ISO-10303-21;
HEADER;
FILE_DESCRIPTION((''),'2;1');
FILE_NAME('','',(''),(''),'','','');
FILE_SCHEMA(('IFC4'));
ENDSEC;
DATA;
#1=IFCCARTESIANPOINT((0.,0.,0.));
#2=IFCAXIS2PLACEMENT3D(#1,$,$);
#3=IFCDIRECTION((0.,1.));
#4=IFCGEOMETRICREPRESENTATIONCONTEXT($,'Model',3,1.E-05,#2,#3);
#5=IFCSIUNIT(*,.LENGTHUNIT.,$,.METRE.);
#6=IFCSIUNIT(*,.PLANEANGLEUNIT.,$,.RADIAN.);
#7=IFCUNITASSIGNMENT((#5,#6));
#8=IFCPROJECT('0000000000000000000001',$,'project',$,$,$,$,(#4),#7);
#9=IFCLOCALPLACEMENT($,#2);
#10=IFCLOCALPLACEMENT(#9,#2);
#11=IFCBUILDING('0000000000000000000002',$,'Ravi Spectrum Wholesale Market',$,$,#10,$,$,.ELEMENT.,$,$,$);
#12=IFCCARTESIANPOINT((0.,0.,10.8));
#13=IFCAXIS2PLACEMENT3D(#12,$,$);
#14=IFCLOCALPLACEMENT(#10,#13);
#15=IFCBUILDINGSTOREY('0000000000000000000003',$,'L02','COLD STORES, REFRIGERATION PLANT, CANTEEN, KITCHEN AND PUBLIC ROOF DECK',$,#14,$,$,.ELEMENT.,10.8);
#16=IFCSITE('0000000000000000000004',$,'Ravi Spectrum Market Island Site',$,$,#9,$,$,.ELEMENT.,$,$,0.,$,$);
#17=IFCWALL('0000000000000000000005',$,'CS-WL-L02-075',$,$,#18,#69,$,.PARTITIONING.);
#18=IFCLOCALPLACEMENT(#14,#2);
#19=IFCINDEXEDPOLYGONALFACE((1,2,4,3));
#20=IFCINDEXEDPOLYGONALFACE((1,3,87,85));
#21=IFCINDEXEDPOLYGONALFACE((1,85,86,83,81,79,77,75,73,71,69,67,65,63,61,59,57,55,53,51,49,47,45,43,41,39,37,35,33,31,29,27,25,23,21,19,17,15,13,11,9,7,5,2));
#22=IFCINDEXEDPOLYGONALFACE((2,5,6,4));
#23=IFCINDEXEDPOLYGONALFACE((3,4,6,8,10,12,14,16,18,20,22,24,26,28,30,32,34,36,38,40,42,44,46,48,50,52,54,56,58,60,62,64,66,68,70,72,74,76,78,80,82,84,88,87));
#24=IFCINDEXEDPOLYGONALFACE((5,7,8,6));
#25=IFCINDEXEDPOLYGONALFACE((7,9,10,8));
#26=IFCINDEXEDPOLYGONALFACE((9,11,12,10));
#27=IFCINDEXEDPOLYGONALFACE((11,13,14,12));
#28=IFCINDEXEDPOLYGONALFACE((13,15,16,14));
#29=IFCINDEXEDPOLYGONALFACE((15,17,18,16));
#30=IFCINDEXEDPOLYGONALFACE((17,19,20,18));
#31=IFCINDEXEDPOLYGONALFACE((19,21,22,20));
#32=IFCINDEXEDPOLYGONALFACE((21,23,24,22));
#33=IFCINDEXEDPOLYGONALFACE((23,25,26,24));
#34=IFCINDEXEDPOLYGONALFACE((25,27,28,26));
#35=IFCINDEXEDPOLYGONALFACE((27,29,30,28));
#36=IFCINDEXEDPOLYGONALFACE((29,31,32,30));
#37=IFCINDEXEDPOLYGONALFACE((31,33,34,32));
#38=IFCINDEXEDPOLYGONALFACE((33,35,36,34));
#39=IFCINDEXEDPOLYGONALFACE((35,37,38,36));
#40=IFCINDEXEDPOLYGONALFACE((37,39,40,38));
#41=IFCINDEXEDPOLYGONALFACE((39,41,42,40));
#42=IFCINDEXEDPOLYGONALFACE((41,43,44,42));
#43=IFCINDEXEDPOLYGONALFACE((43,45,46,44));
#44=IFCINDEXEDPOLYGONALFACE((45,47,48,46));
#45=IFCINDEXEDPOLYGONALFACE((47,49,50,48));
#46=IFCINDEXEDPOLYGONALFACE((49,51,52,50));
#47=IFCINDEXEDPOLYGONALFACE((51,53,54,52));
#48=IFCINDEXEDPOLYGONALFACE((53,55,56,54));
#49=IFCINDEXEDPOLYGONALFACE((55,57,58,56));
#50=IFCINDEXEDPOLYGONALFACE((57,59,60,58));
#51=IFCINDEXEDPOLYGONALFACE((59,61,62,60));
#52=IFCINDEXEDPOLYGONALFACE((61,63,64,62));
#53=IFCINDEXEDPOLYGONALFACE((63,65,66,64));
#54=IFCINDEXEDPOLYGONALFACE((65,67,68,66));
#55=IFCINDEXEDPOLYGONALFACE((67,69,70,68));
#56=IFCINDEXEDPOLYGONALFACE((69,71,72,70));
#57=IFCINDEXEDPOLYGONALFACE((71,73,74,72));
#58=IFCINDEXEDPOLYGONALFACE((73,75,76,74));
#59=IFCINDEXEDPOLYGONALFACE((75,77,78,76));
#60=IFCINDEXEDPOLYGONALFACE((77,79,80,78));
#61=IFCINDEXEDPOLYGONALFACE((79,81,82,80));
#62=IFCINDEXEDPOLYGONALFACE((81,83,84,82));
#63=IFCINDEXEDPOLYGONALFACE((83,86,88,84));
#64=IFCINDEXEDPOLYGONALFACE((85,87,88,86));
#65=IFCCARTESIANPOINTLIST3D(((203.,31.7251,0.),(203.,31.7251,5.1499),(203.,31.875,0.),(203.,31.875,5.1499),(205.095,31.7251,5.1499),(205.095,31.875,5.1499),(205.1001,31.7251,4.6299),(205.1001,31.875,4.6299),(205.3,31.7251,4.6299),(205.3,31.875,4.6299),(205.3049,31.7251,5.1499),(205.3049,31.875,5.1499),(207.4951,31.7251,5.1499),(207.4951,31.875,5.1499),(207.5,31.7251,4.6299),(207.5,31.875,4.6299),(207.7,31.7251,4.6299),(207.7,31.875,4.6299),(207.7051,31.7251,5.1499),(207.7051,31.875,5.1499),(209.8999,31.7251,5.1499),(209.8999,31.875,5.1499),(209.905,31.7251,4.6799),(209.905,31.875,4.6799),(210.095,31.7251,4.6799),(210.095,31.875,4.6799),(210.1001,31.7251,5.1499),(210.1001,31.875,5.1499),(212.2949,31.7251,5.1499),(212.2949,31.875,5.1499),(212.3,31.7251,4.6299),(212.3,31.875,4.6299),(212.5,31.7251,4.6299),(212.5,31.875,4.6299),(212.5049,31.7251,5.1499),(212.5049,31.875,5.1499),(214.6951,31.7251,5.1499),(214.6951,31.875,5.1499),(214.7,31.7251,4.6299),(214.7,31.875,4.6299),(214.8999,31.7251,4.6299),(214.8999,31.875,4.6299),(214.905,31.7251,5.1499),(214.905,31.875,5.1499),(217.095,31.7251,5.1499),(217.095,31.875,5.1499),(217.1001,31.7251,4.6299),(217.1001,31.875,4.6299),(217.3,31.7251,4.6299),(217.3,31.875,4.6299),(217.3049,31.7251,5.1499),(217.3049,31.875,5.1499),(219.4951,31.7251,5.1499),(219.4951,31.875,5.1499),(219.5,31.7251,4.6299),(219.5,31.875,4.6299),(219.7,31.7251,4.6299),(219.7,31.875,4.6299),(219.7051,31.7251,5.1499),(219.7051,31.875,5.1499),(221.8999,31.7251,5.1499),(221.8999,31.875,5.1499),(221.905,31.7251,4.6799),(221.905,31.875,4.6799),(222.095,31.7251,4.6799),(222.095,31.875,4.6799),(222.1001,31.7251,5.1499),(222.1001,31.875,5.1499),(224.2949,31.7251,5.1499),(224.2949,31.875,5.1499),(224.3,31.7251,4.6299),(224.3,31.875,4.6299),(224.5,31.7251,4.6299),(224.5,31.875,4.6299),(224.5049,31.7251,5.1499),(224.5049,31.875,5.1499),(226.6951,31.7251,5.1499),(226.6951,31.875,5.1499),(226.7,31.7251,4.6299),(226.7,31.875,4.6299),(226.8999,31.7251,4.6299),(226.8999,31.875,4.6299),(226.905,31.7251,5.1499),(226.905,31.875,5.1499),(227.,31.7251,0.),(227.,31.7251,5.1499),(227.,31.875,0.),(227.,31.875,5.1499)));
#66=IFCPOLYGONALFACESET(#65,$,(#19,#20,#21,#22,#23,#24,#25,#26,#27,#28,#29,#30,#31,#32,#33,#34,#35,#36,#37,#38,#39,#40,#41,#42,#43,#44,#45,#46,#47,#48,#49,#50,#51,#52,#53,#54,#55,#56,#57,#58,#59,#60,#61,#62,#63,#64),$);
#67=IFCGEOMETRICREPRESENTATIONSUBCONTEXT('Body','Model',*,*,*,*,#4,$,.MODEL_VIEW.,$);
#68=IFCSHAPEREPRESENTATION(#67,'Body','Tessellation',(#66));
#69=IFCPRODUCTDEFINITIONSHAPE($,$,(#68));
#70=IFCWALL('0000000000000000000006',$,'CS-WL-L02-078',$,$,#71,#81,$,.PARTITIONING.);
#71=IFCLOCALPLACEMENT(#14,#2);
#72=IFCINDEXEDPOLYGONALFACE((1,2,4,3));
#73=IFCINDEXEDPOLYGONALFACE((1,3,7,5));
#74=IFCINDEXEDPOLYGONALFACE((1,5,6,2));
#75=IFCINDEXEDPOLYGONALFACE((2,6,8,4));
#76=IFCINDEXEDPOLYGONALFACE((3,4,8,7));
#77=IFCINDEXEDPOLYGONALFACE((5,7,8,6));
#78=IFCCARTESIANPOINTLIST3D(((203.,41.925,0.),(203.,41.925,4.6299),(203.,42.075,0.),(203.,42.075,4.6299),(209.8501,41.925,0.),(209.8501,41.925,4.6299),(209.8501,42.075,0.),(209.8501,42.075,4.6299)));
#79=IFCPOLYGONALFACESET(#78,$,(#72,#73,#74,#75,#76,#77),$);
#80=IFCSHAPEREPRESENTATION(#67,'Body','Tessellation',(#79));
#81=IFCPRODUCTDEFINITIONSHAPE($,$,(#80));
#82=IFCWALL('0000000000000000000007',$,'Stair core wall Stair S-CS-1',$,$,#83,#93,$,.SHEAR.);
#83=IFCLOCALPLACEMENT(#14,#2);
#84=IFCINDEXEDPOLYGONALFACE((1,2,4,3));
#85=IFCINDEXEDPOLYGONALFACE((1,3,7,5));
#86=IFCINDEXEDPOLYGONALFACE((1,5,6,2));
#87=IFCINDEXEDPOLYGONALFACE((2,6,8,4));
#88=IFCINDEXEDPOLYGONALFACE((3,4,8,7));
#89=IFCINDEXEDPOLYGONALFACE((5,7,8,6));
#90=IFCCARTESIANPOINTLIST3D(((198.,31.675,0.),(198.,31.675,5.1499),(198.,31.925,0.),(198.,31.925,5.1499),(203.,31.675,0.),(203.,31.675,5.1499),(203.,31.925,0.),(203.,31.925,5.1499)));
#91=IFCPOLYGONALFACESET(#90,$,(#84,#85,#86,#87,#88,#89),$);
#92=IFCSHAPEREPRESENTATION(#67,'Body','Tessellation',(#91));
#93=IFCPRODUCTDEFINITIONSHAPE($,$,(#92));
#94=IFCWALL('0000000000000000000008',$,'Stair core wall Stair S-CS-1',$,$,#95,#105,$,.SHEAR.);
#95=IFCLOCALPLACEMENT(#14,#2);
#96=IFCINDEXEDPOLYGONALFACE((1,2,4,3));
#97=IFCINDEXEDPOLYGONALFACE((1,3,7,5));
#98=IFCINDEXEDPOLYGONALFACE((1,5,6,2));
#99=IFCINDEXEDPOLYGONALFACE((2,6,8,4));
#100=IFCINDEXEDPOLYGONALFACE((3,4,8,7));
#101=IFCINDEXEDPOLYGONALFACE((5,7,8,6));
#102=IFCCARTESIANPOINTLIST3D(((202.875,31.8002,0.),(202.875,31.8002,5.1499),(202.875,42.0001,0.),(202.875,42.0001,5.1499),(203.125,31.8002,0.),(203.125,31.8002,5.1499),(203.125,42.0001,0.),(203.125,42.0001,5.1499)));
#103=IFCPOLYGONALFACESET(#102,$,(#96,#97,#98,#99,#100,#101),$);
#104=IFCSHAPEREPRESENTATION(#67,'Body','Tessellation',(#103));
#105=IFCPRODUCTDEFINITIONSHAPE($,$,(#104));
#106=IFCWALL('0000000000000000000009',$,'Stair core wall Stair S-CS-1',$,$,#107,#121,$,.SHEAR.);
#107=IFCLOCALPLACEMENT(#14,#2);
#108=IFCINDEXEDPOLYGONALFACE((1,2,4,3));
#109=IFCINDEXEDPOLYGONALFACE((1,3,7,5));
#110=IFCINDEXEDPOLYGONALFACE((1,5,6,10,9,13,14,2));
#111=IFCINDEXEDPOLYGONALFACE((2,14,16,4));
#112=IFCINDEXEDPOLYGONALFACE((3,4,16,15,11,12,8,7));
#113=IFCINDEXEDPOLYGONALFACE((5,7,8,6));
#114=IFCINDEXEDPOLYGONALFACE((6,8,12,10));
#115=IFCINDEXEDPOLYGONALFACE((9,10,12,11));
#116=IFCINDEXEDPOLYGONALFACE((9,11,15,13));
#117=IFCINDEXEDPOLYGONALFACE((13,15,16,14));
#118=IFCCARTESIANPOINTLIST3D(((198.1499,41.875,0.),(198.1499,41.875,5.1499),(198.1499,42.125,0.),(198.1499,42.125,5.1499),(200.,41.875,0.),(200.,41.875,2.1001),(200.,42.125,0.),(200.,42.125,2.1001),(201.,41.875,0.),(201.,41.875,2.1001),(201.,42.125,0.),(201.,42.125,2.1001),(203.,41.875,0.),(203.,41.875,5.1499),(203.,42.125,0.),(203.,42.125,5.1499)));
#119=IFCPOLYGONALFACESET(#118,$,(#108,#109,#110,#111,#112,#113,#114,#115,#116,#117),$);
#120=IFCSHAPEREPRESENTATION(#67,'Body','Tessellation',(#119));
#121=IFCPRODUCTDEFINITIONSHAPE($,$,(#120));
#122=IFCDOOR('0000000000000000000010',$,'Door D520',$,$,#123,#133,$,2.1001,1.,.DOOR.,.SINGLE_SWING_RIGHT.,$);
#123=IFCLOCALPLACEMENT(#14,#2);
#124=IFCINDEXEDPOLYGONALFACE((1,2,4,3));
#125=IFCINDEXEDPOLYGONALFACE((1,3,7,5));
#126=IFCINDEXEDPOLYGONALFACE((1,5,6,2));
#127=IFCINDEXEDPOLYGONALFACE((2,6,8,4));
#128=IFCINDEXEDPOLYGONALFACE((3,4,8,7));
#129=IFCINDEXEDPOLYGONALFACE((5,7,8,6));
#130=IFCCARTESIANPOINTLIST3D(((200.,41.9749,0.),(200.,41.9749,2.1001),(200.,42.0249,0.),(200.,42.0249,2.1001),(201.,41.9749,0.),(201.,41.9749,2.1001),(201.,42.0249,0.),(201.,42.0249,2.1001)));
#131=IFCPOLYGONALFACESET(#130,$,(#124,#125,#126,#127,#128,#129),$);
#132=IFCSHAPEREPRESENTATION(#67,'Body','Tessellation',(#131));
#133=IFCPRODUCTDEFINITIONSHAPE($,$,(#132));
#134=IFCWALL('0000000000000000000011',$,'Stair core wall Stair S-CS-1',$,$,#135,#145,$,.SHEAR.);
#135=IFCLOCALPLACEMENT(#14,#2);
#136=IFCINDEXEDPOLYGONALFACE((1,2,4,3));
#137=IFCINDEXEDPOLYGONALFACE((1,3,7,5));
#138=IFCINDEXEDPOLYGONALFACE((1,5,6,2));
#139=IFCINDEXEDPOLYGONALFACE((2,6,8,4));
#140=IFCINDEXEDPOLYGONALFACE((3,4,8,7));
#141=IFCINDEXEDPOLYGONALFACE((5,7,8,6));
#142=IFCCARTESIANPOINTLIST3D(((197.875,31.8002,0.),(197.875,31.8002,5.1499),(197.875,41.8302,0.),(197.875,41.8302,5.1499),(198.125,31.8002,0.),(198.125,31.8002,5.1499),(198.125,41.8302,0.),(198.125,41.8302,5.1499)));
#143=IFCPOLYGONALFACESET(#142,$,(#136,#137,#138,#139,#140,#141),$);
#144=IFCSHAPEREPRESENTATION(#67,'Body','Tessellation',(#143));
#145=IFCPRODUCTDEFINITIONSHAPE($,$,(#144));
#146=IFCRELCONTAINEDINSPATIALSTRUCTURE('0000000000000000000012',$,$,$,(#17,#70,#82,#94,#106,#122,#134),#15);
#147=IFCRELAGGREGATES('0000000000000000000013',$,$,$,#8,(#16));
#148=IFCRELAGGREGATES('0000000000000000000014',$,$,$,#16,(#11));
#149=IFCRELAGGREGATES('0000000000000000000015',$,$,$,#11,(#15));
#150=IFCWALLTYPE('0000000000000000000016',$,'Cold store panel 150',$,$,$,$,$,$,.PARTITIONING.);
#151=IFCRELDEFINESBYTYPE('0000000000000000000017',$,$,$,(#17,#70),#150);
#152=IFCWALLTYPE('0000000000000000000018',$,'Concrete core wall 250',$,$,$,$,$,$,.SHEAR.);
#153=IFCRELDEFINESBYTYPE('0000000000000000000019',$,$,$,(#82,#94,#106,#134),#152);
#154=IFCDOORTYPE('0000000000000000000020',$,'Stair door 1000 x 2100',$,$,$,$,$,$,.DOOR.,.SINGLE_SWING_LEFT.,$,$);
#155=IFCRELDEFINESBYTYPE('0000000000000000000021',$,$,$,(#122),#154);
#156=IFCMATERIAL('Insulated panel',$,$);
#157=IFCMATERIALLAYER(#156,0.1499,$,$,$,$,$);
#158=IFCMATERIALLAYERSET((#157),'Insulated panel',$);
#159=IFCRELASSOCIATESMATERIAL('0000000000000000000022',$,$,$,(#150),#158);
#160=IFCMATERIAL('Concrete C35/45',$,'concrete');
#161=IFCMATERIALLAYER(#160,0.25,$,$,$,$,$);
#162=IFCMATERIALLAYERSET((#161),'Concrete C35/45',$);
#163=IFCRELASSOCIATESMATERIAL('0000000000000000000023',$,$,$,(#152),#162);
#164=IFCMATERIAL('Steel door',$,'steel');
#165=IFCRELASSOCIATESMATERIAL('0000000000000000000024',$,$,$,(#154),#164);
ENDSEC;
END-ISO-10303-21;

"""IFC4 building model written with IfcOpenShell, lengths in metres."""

from ifc_helpers import new_model, si_unit, direction, frame, frame_2d, origin, place, context, subcontext, project, spatial, polyline, rectangle, outline, extrude, material, layer, layer_set, type_object, element, fill, save


model = new_model("IFC4")

# Units and contexts
model_context = context("Model", 3, precision=1e-05, world=origin(), true_north=direction((0.0, 1.0)))
body_context = subcontext(model_context, "Body", "Model", "MODEL_VIEW")
ifc_project = project(units=[si_unit("LENGTHUNIT", "METRE"), si_unit("PLANEANGLEUNIT", "RADIAN")], contexts=[model_context])

# Site, building, storey
site_placement = place(None, origin())
site = spatial("IfcSite", under=ifc_project, at=site_placement, Name="Ravi Spectrum Market Island Site", CompositionType="ELEMENT", RefElevation=0.0)
building_placement = place(site_placement, origin())
building = spatial("IfcBuilding", under=site, at=building_placement, Name="Ravi Spectrum Wholesale Market", CompositionType="ELEMENT")
storey_placement = place(building_placement, frame((0.0, 0.0, 10.8)))
storey = spatial("IfcBuildingStorey", under=building, at=storey_placement, Name="L02", Description="COLD STORES, REFRIGERATION PLANT, CANTEEN, KITCHEN AND PUBLIC ROOF DECK", CompositionType="ELEMENT", Elevation=10.8)

# Walls
ifc_material_1 = material(Name="Insulated panel")
ifc_layer_1 = layer(ifc_material_1, 0.1499)
ifc_layer_set_1 = layer_set([ifc_layer_1], Name="Insulated panel")
wall_type_1 = type_object("IfcWallType", Name="Cold store panel 150", PredefinedType="PARTITIONING", material=ifc_layer_set_1)
wall_1_placement = place(storey_placement, frame((203.0, 31.8, 0.0), z_axis=(0.0, 0.0, 1.0), x_axis=(1.0, 0.0, 0.0)))
element("IfcWall", 1, at=wall_1_placement, inside=storey, type_object=wall_type_1, Name="CS-WL-L02-075", PredefinedType="PARTITIONING", context=body_context, shape_type="SweptSolid", body=[
    extrude(outline(polyline([(0.0, 0.0), (24.0, 0.0), (24.0, 5.1499), (23.905, 5.1499), (23.8999, 4.6299), (23.7, 4.6299), (23.6951, 5.1499), (21.5049, 5.1499), (21.5, 4.6299), (21.3, 4.6299), (21.2949, 5.1499), (19.1001, 5.1499), (19.095, 4.6799), (18.905, 4.6799), (18.8999, 5.1499), (16.7051, 5.1499), (16.7, 4.6299), (16.5, 4.6299), (16.4951, 5.1499), (14.3049, 5.1499), (14.3, 4.6299), (14.1001, 4.6299), (14.095, 5.1499), (11.905, 5.1499), (11.8999, 4.6299), (11.7, 4.6299), (11.6951, 5.1499), (9.5049, 5.1499), (9.5, 4.6299), (9.3, 4.6299), (9.2949, 5.1499), (7.1001, 5.1499), (7.095, 4.6799), (6.905, 4.6799), (6.8999, 5.1499), (4.7051, 5.1499), (4.7, 4.6299), (4.5, 4.6299), (4.4951, 5.1499), (2.3049, 5.1499), (2.3, 4.6299), (2.1001, 4.6299), (2.095, 5.1499), (0.0, 5.1499), (0.0, 0.0)])), frame((0.0, 0.075, 0.0), z_axis=(0.0, -1.0, 0.0), x_axis=(1.0, 0.0, 0.0)), (0.0, 0.0, 1.0), 0.1499),
])
wall_2_placement = place(storey_placement, frame((203.0, 42.0, 0.0), z_axis=(0.0, 0.0, 1.0), x_axis=(1.0, 0.0, 0.0)))
element("IfcWall", 2, at=wall_2_placement, inside=storey, type_object=wall_type_1, Name="CS-WL-L02-078", PredefinedType="PARTITIONING", context=body_context, shape_type="SweptSolid", body=[
    extrude(rectangle(XDim=6.8501, YDim=0.1499, at=frame_2d((3.425, 0.0))), origin(), (0.0, 0.0, 1.0), 4.6299),
])
ifc_material_2 = material(Name="Concrete C35/45", Category="concrete")
ifc_layer_2 = layer(ifc_material_2, 0.25)
ifc_layer_set_2 = layer_set([ifc_layer_2], Name="Concrete C35/45")
wall_type_2 = type_object("IfcWallType", Name="Concrete core wall 250", PredefinedType="SHEAR", material=ifc_layer_set_2)
wall_3_placement = place(storey_placement, frame((198.0, 31.8, 0.0), z_axis=(0.0, 0.0, 1.0), x_axis=(1.0, 0.0, 0.0)))
element("IfcWall", 3, at=wall_3_placement, inside=storey, type_object=wall_type_2, Name="Stair core wall Stair S-CS-1", PredefinedType="SHEAR", context=body_context, shape_type="SweptSolid", body=[
    extrude(rectangle(XDim=5.0, YDim=0.25, at=frame_2d((2.5, 0.0))), origin(), (0.0, 0.0, 1.0), 5.1499),
])
wall_4_placement = place(storey_placement, frame((203.0, 31.8, 0.0), z_axis=(0.0, 0.0, 1.0), x_axis=(0.0, 1.0, 0.0)))
element("IfcWall", 4, at=wall_4_placement, inside=storey, type_object=wall_type_2, Name="Stair core wall Stair S-CS-1", PredefinedType="SHEAR", context=body_context, shape_type="SweptSolid", body=[
    extrude(rectangle(XDim=10.2, YDim=0.25, at=frame_2d((5.1001, 0.0))), origin(), (0.0, 0.0, 1.0), 5.1499),
])

# Wall, opening, door
wall_5_placement = place(storey_placement, frame((198.1499, 42.0, 0.0), z_axis=(0.0, 0.0, 1.0), x_axis=(1.0, 0.0, 0.0)))
wall_5 = element("IfcWall", 5, at=wall_5_placement, inside=storey, type_object=wall_type_2, Name="Stair core wall Stair S-CS-1", PredefinedType="SHEAR", context=body_context, shape_type="SweptSolid", body=[
    extrude(rectangle(XDim=4.8501, YDim=0.25, at=frame_2d((2.425, 0.0))), origin(), (0.0, 0.0, 1.0), 5.1499),
])
opening_placement = place(wall_5_placement, frame((1.8501, 0.0, 0.0)))
opening = element("IfcOpeningElement", 6, at=opening_placement, cuts=wall_5, PredefinedType="OPENING", context=body_context, shape_type="SweptSolid", body=[
    extrude(rectangle(XDim=1.0, YDim=2.1001, at=frame_2d((0.5, 1.05))), frame((0.0, 0.135, 0.0), z_axis=(0.0, -1.0, 0.0), x_axis=(1.0, 0.0, 0.0)), (0.0, 0.0, 1.0), 0.27),
])
ifc_material_3 = material(Name="Steel door", Category="steel")
door_type = type_object("IfcDoorType", Name="Stair door 1000 x 2100", OperationType="SINGLE_SWING_LEFT", PredefinedType="DOOR", material=ifc_material_3)
door_placement = place(opening_placement, origin())
door = element("IfcDoor", 7, at=door_placement, inside=storey, type_object=door_type, Name="Door D520", OperationType="SINGLE_SWING_RIGHT", OverallHeight=2.1001, OverallWidth=1.0, PredefinedType="DOOR", context=body_context, shape_type="SweptSolid", body=[
    extrude(rectangle(XDim=1.0, YDim=2.1001, at=frame_2d((0.5, 1.05))), frame((0.0, 0.0249, 0.0), z_axis=(0.0, -1.0, 0.0), x_axis=(1.0, 0.0, 0.0)), (0.0, 0.0, 1.0), 0.05),
])
fill(opening, door)

# Wall
wall_6_placement = place(storey_placement, frame((198.0, 31.8, 0.0), z_axis=(0.0, 0.0, 1.0), x_axis=(0.0, 1.0, 0.0)))
element("IfcWall", 8, at=wall_6_placement, inside=storey, type_object=wall_type_2, Name="Stair core wall Stair S-CS-1", PredefinedType="SHEAR", context=body_context, shape_type="SweptSolid", body=[
    extrude(rectangle(XDim=10.03, YDim=0.25, at=frame_2d((5.0151, 0.0))), origin(), (0.0, 0.0, 1.0), 5.1499),
])

save(model, "model.ifc")
